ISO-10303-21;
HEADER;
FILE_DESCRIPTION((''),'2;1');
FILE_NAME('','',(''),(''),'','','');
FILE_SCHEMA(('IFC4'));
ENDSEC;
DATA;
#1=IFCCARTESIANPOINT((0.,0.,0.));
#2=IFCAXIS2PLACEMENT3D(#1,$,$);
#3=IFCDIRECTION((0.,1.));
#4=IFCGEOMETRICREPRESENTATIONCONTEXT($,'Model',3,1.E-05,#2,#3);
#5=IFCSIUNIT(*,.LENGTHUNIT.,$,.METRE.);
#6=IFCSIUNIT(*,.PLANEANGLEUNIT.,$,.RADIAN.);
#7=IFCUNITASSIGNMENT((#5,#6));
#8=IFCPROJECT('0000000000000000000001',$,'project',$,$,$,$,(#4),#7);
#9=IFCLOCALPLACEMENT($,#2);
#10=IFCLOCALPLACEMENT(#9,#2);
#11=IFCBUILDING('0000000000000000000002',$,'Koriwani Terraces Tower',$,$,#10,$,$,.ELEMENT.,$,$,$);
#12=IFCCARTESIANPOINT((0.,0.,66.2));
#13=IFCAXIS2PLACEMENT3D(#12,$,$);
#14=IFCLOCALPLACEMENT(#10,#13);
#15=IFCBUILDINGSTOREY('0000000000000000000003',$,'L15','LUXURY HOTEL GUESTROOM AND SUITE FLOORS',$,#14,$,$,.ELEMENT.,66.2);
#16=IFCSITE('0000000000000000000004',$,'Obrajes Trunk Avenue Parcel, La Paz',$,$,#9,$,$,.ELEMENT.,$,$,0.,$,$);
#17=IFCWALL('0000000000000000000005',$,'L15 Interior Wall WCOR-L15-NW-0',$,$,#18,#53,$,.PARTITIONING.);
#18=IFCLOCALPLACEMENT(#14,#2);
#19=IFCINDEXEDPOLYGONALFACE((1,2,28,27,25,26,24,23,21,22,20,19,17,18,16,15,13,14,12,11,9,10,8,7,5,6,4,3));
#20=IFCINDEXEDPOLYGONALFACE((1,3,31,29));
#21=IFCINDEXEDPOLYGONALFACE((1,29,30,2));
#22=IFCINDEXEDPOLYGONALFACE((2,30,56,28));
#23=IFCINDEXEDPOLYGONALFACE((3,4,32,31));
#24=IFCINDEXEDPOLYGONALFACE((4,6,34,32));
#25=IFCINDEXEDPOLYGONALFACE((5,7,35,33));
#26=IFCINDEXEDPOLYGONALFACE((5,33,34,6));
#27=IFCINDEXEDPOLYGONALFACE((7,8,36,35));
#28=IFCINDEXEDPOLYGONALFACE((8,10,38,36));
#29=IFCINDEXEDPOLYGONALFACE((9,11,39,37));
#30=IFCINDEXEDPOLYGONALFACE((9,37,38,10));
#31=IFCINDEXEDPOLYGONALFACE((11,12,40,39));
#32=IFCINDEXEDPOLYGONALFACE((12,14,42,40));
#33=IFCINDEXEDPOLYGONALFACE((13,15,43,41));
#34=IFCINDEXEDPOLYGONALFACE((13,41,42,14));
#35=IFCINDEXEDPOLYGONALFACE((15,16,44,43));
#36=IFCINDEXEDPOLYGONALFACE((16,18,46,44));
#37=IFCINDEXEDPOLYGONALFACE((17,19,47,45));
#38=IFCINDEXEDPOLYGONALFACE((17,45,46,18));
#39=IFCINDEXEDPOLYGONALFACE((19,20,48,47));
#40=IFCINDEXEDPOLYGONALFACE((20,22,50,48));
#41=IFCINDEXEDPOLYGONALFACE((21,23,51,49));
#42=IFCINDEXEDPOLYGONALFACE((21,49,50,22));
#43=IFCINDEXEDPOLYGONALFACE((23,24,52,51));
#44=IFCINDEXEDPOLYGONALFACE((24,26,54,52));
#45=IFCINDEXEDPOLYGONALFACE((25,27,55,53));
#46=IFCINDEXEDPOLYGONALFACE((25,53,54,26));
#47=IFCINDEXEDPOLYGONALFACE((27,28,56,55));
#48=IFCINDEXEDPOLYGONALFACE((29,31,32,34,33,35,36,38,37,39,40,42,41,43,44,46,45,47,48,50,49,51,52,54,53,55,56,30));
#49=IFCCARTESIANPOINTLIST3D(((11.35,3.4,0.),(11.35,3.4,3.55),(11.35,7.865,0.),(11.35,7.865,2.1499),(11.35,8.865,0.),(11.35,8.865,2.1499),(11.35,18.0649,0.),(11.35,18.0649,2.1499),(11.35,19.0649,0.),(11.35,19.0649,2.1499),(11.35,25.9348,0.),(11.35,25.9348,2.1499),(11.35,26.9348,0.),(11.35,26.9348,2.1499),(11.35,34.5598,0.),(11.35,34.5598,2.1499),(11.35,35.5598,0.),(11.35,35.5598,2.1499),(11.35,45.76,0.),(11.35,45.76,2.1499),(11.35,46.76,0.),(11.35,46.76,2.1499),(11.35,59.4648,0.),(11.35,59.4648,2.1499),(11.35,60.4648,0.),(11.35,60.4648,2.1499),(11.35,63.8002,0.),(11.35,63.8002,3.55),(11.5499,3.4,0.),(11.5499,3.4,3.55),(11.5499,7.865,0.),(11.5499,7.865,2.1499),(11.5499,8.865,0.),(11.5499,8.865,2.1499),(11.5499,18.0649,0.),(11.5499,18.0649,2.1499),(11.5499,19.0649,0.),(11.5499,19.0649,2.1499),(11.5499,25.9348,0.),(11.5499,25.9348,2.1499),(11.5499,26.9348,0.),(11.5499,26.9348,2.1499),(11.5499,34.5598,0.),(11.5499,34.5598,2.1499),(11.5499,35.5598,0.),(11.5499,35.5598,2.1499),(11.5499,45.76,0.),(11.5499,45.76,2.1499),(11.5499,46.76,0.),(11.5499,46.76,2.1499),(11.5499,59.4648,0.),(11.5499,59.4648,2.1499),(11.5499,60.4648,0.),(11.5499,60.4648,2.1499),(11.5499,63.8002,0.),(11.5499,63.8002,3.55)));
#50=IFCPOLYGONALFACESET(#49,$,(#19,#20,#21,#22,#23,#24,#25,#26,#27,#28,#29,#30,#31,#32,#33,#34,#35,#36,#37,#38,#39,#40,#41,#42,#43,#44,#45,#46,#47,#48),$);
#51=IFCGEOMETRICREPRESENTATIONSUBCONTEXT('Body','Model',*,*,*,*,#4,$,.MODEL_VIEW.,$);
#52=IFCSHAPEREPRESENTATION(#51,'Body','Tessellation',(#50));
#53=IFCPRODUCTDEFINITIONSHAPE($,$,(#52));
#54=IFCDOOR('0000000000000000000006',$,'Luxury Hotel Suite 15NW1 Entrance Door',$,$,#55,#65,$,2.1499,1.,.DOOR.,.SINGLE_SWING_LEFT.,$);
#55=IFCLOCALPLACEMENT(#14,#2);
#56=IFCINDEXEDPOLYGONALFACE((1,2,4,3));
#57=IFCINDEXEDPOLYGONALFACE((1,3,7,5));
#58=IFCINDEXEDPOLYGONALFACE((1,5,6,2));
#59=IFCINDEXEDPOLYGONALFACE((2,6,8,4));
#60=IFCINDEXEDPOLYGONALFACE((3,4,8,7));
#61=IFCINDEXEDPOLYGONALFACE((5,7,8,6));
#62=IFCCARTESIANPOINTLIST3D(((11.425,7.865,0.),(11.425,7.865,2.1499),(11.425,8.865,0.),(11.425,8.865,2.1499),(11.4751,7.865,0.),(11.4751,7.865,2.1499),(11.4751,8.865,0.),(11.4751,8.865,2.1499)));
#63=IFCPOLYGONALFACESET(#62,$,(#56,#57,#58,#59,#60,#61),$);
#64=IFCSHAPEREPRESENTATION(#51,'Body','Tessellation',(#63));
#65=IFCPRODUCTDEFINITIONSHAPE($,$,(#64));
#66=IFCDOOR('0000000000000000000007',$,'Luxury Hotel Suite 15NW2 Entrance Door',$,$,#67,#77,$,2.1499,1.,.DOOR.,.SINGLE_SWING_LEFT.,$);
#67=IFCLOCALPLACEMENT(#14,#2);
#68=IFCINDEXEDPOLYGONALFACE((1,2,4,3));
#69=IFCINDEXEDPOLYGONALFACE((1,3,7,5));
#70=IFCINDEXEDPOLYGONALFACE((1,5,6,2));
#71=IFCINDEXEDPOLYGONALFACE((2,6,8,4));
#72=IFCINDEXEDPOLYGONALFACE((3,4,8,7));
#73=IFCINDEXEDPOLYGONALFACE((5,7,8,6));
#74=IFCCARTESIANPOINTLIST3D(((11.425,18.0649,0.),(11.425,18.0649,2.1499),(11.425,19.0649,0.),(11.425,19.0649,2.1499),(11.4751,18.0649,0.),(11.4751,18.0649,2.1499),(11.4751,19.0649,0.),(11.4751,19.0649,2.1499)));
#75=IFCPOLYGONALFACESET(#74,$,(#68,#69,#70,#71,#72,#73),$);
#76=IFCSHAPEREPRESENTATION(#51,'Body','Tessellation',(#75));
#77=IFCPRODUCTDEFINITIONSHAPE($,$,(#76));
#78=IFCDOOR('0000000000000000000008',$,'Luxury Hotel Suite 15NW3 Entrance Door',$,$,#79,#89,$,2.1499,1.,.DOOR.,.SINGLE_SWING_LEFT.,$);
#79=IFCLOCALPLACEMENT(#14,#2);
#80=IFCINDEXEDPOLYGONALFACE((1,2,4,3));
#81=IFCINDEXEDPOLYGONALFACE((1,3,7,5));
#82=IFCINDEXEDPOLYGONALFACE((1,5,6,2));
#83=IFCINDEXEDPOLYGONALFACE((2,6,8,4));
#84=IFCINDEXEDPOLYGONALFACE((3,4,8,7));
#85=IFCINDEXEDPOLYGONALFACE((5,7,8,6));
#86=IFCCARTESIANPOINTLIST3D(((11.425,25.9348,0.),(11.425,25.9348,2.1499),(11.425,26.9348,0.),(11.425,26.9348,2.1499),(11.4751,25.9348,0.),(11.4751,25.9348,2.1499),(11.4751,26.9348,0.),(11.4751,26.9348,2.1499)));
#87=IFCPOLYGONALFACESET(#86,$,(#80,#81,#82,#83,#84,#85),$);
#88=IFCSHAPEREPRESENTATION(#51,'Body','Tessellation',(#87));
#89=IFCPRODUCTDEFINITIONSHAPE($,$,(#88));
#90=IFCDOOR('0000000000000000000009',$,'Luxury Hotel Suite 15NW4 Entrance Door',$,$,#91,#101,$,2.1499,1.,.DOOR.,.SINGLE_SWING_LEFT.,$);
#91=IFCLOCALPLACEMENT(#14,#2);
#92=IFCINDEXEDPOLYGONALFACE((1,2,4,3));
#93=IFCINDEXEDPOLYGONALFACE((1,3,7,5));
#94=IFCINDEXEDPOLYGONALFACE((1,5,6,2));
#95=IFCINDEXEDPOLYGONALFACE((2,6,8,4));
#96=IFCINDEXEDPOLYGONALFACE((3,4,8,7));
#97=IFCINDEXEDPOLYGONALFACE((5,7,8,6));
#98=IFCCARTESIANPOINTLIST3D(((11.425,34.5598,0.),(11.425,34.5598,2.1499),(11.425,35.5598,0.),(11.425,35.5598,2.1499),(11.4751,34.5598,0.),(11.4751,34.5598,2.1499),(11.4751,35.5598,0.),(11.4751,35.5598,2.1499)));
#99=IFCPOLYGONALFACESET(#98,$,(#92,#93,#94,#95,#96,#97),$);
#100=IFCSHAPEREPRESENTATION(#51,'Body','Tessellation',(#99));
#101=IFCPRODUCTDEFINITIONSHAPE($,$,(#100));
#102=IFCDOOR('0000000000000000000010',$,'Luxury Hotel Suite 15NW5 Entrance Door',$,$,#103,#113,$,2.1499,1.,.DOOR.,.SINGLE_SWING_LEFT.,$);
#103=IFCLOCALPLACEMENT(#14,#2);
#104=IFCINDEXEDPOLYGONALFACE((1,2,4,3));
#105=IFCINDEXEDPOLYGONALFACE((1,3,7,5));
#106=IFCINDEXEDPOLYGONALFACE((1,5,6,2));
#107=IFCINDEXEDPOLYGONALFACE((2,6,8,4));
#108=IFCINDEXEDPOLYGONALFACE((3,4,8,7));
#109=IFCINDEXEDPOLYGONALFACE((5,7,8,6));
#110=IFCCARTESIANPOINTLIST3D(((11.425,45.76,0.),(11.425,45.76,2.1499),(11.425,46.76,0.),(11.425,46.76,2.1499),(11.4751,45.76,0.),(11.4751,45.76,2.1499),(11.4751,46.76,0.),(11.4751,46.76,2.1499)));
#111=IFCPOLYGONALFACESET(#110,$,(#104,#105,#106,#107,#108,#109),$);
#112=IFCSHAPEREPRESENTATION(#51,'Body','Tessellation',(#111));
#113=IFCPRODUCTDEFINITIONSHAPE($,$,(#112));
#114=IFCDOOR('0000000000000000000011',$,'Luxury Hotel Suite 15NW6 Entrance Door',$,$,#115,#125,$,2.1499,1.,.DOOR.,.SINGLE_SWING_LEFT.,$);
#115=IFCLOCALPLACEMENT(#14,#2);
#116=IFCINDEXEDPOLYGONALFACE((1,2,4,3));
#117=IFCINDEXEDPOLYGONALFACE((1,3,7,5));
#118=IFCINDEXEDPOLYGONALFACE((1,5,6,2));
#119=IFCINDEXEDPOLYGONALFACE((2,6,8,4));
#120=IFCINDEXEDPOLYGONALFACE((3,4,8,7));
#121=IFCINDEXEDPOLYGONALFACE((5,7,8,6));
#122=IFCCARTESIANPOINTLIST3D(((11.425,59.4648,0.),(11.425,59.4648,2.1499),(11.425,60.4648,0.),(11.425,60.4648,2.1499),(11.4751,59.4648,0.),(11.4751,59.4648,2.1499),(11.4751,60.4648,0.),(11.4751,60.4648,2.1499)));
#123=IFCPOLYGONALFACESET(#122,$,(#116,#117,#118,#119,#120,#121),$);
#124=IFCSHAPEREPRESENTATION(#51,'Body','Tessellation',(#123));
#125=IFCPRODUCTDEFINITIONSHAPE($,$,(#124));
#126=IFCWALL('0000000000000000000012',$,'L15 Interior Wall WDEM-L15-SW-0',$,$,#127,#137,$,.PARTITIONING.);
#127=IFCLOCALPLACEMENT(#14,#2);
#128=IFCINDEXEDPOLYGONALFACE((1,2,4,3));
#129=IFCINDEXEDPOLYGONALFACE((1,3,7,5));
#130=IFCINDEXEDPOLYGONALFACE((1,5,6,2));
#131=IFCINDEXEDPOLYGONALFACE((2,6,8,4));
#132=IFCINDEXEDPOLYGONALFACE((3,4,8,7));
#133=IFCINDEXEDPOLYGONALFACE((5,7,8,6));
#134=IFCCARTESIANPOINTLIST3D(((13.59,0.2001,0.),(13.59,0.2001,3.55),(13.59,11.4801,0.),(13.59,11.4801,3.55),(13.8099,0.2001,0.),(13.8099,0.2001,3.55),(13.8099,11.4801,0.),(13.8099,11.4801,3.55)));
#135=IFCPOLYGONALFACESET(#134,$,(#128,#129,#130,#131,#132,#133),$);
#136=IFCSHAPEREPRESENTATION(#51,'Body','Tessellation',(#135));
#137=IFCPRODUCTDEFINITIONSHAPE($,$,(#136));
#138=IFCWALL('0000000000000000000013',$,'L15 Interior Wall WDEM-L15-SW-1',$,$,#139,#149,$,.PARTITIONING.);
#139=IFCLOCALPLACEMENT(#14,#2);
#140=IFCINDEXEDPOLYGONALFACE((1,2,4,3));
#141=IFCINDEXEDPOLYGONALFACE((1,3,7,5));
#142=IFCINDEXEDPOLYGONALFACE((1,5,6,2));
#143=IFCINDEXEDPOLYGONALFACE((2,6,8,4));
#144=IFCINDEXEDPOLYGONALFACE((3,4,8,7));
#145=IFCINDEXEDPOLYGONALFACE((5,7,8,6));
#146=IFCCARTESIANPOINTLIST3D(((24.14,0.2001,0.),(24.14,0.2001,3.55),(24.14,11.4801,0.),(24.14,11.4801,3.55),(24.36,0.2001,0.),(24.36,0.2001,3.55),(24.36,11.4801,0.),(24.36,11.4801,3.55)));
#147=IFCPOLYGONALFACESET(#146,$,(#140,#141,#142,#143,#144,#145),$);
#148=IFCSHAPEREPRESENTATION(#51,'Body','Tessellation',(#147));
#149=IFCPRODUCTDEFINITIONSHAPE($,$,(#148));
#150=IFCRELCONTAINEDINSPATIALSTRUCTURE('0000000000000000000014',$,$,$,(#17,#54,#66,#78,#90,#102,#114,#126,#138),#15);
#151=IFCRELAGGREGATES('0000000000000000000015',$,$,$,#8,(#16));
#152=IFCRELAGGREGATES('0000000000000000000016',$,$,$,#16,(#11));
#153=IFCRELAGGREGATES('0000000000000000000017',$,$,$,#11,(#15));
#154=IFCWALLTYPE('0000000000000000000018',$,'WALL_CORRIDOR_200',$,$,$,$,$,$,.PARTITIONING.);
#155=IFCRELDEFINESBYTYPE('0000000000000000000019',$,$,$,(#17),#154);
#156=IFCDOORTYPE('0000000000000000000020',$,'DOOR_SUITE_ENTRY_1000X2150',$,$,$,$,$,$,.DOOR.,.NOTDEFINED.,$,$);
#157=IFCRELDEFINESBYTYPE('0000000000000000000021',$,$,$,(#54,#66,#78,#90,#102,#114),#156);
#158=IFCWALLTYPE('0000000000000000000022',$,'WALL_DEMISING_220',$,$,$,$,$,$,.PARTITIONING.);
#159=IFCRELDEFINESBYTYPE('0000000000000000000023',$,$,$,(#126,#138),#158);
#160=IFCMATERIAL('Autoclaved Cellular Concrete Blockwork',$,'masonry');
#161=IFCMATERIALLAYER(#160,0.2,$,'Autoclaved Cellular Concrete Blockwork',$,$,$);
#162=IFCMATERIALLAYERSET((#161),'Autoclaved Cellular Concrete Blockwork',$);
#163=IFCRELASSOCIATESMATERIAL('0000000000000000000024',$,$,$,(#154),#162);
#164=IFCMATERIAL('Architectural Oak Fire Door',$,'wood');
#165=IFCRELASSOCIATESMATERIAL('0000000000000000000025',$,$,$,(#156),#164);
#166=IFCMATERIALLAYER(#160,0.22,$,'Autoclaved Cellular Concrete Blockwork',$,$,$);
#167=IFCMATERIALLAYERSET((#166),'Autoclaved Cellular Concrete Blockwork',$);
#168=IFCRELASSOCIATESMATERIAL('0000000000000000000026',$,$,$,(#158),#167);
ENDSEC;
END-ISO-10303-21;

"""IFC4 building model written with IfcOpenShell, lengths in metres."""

from ifc_helpers import new_model, si_unit, direction, frame, frame_2d, origin, place, context, subcontext, project, spatial, rectangle, extrude, material, layer, layer_set, type_object, element, fill, save


model = new_model("IFC4")

# Units and contexts
model_context = context("Model", 3, precision=1e-05, world=origin(), true_north=direction((0.0, 1.0)))
body_context = subcontext(model_context, "Body", "Model", "MODEL_VIEW")
ifc_project = project(units=[si_unit("LENGTHUNIT", "METRE"), si_unit("PLANEANGLEUNIT", "RADIAN")], contexts=[model_context])

# Site, building, storey
site_placement = place(None, origin())
site = spatial("IfcSite", under=ifc_project, at=site_placement, Name="Obrajes Trunk Avenue Parcel, La Paz", CompositionType="ELEMENT", RefElevation=0.0)
building_placement = place(site_placement, origin())
building = spatial("IfcBuilding", under=site, at=building_placement, Name="Koriwani Terraces Tower", CompositionType="ELEMENT")
storey_placement = place(building_placement, frame((0.0, 0.0, 66.2)))
storey = spatial("IfcBuildingStorey", under=building, at=storey_placement, Name="L15", Description="LUXURY HOTEL GUESTROOM AND SUITE FLOORS", CompositionType="ELEMENT", Elevation=66.2)

# Wall, openings, doors
ifc_material_1 = material(Name="Autoclaved Cellular Concrete Blockwork", Category="masonry")
ifc_layer_1 = layer(ifc_material_1, 0.2, Name="Autoclaved Cellular Concrete Blockwork")
ifc_layer_set_1 = layer_set([ifc_layer_1], Name="Autoclaved Cellular Concrete Blockwork")
wall_type_1 = type_object("IfcWallType", Name="WALL_CORRIDOR_200", PredefinedType="PARTITIONING", material=ifc_layer_set_1)
wall_1_placement = place(storey_placement, frame((11.45, 3.3999, 0.0), z_axis=(0.0, 0.0, 1.0), x_axis=(0.0, 1.0, 0.0)))
wall_1 = element("IfcWall", 1, at=wall_1_placement, inside=storey, type_object=wall_type_1, Name="L15 Interior Wall WCOR-L15-NW-0", PredefinedType="PARTITIONING", context=body_context, shape_type="SweptSolid", body=[
    extrude(rectangle(XDim=60.4001, YDim=0.2, at=frame_2d((30.2002, 0.0))), origin(), (0.0, 0.0, 1.0), 3.55),
])
opening_1_placement = place(wall_1_placement, frame((4.4651, 0.0, 0.0)))
opening_1 = element("IfcOpeningElement", 2, at=opening_1_placement, cuts=wall_1, PredefinedType="OPENING", context=body_context, shape_type="SweptSolid", body=[
    extrude(rectangle(XDim=1.0, YDim=2.1499, at=frame_2d((0.5, 1.075))), frame((0.0, 0.1099, 0.0), z_axis=(0.0, -1.0, 0.0), x_axis=(1.0, 0.0, 0.0)), (0.0, 0.0, 1.0), 0.22),
])
opening_2_placement = place(wall_1_placement, frame((14.665, 0.0, 0.0)))
opening_2 = element("IfcOpeningElement", 3, at=opening_2_placement, cuts=wall_1, PredefinedType="OPENING", context=body_context, shape_type="SweptSolid", body=[
    extrude(rectangle(XDim=1.0, YDim=2.1499, at=frame_2d((0.5, 1.075))), frame((0.0, 0.1099, 0.0), z_axis=(0.0, -1.0, 0.0), x_axis=(1.0, 0.0, 0.0)), (0.0, 0.0, 1.0), 0.22),
])
opening_3_placement = place(wall_1_placement, frame((22.5349, 0.0, 0.0)))
opening_3 = element("IfcOpeningElement", 4, at=opening_3_placement, cuts=wall_1, PredefinedType="OPENING", context=body_context, shape_type="SweptSolid", body=[
    extrude(rectangle(XDim=1.0, YDim=2.1499, at=frame_2d((0.5, 1.075))), frame((0.0, 0.1099, 0.0), z_axis=(0.0, -1.0, 0.0), x_axis=(1.0, 0.0, 0.0)), (0.0, 0.0, 1.0), 0.22),
])
opening_4_placement = place(wall_1_placement, frame((31.1599, 0.0, 0.0)))
opening_4 = element("IfcOpeningElement", 5, at=opening_4_placement, cuts=wall_1, PredefinedType="OPENING", context=body_context, shape_type="SweptSolid", body=[
    extrude(rectangle(XDim=1.0, YDim=2.1499, at=frame_2d((0.5, 1.075))), frame((0.0, 0.1099, 0.0), z_axis=(0.0, -1.0, 0.0), x_axis=(1.0, 0.0, 0.0)), (0.0, 0.0, 1.0), 0.22),
])
opening_5_placement = place(wall_1_placement, frame((42.3601, 0.0, 0.0)))
opening_5 = element("IfcOpeningElement", 6, at=opening_5_placement, cuts=wall_1, PredefinedType="OPENING", context=body_context, shape_type="SweptSolid", body=[
    extrude(rectangle(XDim=1.0, YDim=2.1499, at=frame_2d((0.5, 1.075))), frame((0.0, 0.1099, 0.0), z_axis=(0.0, -1.0, 0.0), x_axis=(1.0, 0.0, 0.0)), (0.0, 0.0, 1.0), 0.22),
])
opening_6_placement = place(wall_1_placement, frame((56.0649, 0.0, 0.0)))
opening_6 = element("IfcOpeningElement", 7, at=opening_6_placement, cuts=wall_1, PredefinedType="OPENING", context=body_context, shape_type="SweptSolid", body=[
    extrude(rectangle(XDim=1.0, YDim=2.1499, at=frame_2d((0.5, 1.075))), frame((0.0, 0.1099, 0.0), z_axis=(0.0, -1.0, 0.0), x_axis=(1.0, 0.0, 0.0)), (0.0, 0.0, 1.0), 0.22),
])
ifc_material_2 = material(Name="Architectural Oak Fire Door", Category="wood")
door_type_1 = type_object("IfcDoorType", Name="DOOR_SUITE_ENTRY_1000X2150", OperationType="NOTDEFINED", PredefinedType="DOOR", material=ifc_material_2)
door_1_placement = place(opening_1_placement, origin())
door_1 = element("IfcDoor", 8, at=door_1_placement, inside=storey, type_object=door_type_1, Name="Luxury Hotel Suite 15NW1 Entrance Door", OperationType="SINGLE_SWING_LEFT", OverallHeight=2.1499, OverallWidth=1.0, PredefinedType="DOOR", context=body_context, shape_type="SweptSolid", body=[
    extrude(rectangle(XDim=1.0, YDim=2.1499, at=frame_2d((0.5, 1.075))), frame((0.0, 0.0249, 0.0), z_axis=(0.0, -1.0, 0.0), x_axis=(1.0, 0.0, 0.0)), (0.0, 0.0, 1.0), 0.05),
])
fill(opening_1, door_1)
door_2_placement = place(opening_2_placement, origin())
door_2 = element("IfcDoor", 9, at=door_2_placement, inside=storey, type_object=door_type_1, Name="Luxury Hotel Suite 15NW2 Entrance Door", OperationType="SINGLE_SWING_LEFT", OverallHeight=2.1499, OverallWidth=1.0, PredefinedType="DOOR", context=body_context, shape_type="SweptSolid", body=[
    extrude(rectangle(XDim=1.0, YDim=2.1499, at=frame_2d((0.5, 1.075))), frame((0.0, 0.0249, 0.0), z_axis=(0.0, -1.0, 0.0), x_axis=(1.0, 0.0, 0.0)), (0.0, 0.0, 1.0), 0.05),
])
fill(opening_2, door_2)
door_3_placement = place(opening_3_placement, origin())
door_3 = element("IfcDoor", 10, at=door_3_placement, inside=storey, type_object=door_type_1, Name="Luxury Hotel Suite 15NW3 Entrance Door", OperationType="SINGLE_SWING_LEFT", OverallHeight=2.1499, OverallWidth=1.0, PredefinedType="DOOR", context=body_context, shape_type="SweptSolid", body=[
    extrude(rectangle(XDim=1.0, YDim=2.1499, at=frame_2d((0.5, 1.075))), frame((0.0, 0.0249, 0.0), z_axis=(0.0, -1.0, 0.0), x_axis=(1.0, 0.0, 0.0)), (0.0, 0.0, 1.0), 0.05),
])
fill(opening_3, door_3)
door_4_placement = place(opening_4_placement, origin())
door_4 = element("IfcDoor", 11, at=door_4_placement, inside=storey, type_object=door_type_1, Name="Luxury Hotel Suite 15NW4 Entrance Door", OperationType="SINGLE_SWING_LEFT", OverallHeight=2.1499, OverallWidth=1.0, PredefinedType="DOOR", context=body_context, shape_type="SweptSolid", body=[
    extrude(rectangle(XDim=1.0, YDim=2.1499, at=frame_2d((0.5, 1.075))), frame((0.0, 0.0249, 0.0), z_axis=(0.0, -1.0, 0.0), x_axis=(1.0, 0.0, 0.0)), (0.0, 0.0, 1.0), 0.05),
])
fill(opening_4, door_4)
door_5_placement = place(opening_5_placement, origin())
door_5 = element("IfcDoor", 12, at=door_5_placement, inside=storey, type_object=door_type_1, Name="Luxury Hotel Suite 15NW5 Entrance Door", OperationType="SINGLE_SWING_LEFT", OverallHeight=2.1499, OverallWidth=1.0, PredefinedType="DOOR", context=body_context, shape_type="SweptSolid", body=[
    extrude(rectangle(XDim=1.0, YDim=2.1499, at=frame_2d((0.5, 1.075))), frame((0.0, 0.0249, 0.0), z_axis=(0.0, -1.0, 0.0), x_axis=(1.0, 0.0, 0.0)), (0.0, 0.0, 1.0), 0.05),
])
fill(opening_5, door_5)
door_6_placement = place(opening_6_placement, origin())
door_6 = element("IfcDoor", 13, at=door_6_placement, inside=storey, type_object=door_type_1, Name="Luxury Hotel Suite 15NW6 Entrance Door", OperationType="SINGLE_SWING_LEFT", OverallHeight=2.1499, OverallWidth=1.0, PredefinedType="DOOR", context=body_context, shape_type="SweptSolid", body=[
    extrude(rectangle(XDim=1.0, YDim=2.1499, at=frame_2d((0.5, 1.075))), frame((0.0, 0.0249, 0.0), z_axis=(0.0, -1.0, 0.0), x_axis=(1.0, 0.0, 0.0)), (0.0, 0.0, 1.0), 0.05),
])
fill(opening_6, door_6)

# Walls
ifc_layer_2 = layer(ifc_material_1, 0.22, Name="Autoclaved Cellular Concrete Blockwork")
ifc_layer_set_2 = layer_set([ifc_layer_2], Name="Autoclaved Cellular Concrete Blockwork")
wall_type_2 = type_object("IfcWallType", Name="WALL_DEMISING_220", PredefinedType="PARTITIONING", material=ifc_layer_set_2)
for number, where, z_axis, x_axis, name in (
    (14, (13.7, 0.2, 0.0), (0.0, 0.0, 1.0), (0.0, 1.0, 0.0), "L15 Interior Wall WDEM-L15-SW-0"),
    (15, (24.25, 0.2, 0.0), (0.0, 0.0, 1.0), (0.0, 1.0, 0.0), "L15 Interior Wall WDEM-L15-SW-1"),
):
    element("IfcWall", number, at=place(storey_placement, frame(where, z_axis=z_axis, x_axis=x_axis)), inside=storey, type_object=wall_type_2, Name=name, PredefinedType="PARTITIONING", context=body_context, shape_type="SweptSolid", body=[
        extrude(rectangle(XDim=11.28, YDim=0.22, at=frame_2d((5.6401, 0.0))), origin(), (0.0, 0.0, 1.0), 3.55),
    ])

save(model, "model.ifc")
